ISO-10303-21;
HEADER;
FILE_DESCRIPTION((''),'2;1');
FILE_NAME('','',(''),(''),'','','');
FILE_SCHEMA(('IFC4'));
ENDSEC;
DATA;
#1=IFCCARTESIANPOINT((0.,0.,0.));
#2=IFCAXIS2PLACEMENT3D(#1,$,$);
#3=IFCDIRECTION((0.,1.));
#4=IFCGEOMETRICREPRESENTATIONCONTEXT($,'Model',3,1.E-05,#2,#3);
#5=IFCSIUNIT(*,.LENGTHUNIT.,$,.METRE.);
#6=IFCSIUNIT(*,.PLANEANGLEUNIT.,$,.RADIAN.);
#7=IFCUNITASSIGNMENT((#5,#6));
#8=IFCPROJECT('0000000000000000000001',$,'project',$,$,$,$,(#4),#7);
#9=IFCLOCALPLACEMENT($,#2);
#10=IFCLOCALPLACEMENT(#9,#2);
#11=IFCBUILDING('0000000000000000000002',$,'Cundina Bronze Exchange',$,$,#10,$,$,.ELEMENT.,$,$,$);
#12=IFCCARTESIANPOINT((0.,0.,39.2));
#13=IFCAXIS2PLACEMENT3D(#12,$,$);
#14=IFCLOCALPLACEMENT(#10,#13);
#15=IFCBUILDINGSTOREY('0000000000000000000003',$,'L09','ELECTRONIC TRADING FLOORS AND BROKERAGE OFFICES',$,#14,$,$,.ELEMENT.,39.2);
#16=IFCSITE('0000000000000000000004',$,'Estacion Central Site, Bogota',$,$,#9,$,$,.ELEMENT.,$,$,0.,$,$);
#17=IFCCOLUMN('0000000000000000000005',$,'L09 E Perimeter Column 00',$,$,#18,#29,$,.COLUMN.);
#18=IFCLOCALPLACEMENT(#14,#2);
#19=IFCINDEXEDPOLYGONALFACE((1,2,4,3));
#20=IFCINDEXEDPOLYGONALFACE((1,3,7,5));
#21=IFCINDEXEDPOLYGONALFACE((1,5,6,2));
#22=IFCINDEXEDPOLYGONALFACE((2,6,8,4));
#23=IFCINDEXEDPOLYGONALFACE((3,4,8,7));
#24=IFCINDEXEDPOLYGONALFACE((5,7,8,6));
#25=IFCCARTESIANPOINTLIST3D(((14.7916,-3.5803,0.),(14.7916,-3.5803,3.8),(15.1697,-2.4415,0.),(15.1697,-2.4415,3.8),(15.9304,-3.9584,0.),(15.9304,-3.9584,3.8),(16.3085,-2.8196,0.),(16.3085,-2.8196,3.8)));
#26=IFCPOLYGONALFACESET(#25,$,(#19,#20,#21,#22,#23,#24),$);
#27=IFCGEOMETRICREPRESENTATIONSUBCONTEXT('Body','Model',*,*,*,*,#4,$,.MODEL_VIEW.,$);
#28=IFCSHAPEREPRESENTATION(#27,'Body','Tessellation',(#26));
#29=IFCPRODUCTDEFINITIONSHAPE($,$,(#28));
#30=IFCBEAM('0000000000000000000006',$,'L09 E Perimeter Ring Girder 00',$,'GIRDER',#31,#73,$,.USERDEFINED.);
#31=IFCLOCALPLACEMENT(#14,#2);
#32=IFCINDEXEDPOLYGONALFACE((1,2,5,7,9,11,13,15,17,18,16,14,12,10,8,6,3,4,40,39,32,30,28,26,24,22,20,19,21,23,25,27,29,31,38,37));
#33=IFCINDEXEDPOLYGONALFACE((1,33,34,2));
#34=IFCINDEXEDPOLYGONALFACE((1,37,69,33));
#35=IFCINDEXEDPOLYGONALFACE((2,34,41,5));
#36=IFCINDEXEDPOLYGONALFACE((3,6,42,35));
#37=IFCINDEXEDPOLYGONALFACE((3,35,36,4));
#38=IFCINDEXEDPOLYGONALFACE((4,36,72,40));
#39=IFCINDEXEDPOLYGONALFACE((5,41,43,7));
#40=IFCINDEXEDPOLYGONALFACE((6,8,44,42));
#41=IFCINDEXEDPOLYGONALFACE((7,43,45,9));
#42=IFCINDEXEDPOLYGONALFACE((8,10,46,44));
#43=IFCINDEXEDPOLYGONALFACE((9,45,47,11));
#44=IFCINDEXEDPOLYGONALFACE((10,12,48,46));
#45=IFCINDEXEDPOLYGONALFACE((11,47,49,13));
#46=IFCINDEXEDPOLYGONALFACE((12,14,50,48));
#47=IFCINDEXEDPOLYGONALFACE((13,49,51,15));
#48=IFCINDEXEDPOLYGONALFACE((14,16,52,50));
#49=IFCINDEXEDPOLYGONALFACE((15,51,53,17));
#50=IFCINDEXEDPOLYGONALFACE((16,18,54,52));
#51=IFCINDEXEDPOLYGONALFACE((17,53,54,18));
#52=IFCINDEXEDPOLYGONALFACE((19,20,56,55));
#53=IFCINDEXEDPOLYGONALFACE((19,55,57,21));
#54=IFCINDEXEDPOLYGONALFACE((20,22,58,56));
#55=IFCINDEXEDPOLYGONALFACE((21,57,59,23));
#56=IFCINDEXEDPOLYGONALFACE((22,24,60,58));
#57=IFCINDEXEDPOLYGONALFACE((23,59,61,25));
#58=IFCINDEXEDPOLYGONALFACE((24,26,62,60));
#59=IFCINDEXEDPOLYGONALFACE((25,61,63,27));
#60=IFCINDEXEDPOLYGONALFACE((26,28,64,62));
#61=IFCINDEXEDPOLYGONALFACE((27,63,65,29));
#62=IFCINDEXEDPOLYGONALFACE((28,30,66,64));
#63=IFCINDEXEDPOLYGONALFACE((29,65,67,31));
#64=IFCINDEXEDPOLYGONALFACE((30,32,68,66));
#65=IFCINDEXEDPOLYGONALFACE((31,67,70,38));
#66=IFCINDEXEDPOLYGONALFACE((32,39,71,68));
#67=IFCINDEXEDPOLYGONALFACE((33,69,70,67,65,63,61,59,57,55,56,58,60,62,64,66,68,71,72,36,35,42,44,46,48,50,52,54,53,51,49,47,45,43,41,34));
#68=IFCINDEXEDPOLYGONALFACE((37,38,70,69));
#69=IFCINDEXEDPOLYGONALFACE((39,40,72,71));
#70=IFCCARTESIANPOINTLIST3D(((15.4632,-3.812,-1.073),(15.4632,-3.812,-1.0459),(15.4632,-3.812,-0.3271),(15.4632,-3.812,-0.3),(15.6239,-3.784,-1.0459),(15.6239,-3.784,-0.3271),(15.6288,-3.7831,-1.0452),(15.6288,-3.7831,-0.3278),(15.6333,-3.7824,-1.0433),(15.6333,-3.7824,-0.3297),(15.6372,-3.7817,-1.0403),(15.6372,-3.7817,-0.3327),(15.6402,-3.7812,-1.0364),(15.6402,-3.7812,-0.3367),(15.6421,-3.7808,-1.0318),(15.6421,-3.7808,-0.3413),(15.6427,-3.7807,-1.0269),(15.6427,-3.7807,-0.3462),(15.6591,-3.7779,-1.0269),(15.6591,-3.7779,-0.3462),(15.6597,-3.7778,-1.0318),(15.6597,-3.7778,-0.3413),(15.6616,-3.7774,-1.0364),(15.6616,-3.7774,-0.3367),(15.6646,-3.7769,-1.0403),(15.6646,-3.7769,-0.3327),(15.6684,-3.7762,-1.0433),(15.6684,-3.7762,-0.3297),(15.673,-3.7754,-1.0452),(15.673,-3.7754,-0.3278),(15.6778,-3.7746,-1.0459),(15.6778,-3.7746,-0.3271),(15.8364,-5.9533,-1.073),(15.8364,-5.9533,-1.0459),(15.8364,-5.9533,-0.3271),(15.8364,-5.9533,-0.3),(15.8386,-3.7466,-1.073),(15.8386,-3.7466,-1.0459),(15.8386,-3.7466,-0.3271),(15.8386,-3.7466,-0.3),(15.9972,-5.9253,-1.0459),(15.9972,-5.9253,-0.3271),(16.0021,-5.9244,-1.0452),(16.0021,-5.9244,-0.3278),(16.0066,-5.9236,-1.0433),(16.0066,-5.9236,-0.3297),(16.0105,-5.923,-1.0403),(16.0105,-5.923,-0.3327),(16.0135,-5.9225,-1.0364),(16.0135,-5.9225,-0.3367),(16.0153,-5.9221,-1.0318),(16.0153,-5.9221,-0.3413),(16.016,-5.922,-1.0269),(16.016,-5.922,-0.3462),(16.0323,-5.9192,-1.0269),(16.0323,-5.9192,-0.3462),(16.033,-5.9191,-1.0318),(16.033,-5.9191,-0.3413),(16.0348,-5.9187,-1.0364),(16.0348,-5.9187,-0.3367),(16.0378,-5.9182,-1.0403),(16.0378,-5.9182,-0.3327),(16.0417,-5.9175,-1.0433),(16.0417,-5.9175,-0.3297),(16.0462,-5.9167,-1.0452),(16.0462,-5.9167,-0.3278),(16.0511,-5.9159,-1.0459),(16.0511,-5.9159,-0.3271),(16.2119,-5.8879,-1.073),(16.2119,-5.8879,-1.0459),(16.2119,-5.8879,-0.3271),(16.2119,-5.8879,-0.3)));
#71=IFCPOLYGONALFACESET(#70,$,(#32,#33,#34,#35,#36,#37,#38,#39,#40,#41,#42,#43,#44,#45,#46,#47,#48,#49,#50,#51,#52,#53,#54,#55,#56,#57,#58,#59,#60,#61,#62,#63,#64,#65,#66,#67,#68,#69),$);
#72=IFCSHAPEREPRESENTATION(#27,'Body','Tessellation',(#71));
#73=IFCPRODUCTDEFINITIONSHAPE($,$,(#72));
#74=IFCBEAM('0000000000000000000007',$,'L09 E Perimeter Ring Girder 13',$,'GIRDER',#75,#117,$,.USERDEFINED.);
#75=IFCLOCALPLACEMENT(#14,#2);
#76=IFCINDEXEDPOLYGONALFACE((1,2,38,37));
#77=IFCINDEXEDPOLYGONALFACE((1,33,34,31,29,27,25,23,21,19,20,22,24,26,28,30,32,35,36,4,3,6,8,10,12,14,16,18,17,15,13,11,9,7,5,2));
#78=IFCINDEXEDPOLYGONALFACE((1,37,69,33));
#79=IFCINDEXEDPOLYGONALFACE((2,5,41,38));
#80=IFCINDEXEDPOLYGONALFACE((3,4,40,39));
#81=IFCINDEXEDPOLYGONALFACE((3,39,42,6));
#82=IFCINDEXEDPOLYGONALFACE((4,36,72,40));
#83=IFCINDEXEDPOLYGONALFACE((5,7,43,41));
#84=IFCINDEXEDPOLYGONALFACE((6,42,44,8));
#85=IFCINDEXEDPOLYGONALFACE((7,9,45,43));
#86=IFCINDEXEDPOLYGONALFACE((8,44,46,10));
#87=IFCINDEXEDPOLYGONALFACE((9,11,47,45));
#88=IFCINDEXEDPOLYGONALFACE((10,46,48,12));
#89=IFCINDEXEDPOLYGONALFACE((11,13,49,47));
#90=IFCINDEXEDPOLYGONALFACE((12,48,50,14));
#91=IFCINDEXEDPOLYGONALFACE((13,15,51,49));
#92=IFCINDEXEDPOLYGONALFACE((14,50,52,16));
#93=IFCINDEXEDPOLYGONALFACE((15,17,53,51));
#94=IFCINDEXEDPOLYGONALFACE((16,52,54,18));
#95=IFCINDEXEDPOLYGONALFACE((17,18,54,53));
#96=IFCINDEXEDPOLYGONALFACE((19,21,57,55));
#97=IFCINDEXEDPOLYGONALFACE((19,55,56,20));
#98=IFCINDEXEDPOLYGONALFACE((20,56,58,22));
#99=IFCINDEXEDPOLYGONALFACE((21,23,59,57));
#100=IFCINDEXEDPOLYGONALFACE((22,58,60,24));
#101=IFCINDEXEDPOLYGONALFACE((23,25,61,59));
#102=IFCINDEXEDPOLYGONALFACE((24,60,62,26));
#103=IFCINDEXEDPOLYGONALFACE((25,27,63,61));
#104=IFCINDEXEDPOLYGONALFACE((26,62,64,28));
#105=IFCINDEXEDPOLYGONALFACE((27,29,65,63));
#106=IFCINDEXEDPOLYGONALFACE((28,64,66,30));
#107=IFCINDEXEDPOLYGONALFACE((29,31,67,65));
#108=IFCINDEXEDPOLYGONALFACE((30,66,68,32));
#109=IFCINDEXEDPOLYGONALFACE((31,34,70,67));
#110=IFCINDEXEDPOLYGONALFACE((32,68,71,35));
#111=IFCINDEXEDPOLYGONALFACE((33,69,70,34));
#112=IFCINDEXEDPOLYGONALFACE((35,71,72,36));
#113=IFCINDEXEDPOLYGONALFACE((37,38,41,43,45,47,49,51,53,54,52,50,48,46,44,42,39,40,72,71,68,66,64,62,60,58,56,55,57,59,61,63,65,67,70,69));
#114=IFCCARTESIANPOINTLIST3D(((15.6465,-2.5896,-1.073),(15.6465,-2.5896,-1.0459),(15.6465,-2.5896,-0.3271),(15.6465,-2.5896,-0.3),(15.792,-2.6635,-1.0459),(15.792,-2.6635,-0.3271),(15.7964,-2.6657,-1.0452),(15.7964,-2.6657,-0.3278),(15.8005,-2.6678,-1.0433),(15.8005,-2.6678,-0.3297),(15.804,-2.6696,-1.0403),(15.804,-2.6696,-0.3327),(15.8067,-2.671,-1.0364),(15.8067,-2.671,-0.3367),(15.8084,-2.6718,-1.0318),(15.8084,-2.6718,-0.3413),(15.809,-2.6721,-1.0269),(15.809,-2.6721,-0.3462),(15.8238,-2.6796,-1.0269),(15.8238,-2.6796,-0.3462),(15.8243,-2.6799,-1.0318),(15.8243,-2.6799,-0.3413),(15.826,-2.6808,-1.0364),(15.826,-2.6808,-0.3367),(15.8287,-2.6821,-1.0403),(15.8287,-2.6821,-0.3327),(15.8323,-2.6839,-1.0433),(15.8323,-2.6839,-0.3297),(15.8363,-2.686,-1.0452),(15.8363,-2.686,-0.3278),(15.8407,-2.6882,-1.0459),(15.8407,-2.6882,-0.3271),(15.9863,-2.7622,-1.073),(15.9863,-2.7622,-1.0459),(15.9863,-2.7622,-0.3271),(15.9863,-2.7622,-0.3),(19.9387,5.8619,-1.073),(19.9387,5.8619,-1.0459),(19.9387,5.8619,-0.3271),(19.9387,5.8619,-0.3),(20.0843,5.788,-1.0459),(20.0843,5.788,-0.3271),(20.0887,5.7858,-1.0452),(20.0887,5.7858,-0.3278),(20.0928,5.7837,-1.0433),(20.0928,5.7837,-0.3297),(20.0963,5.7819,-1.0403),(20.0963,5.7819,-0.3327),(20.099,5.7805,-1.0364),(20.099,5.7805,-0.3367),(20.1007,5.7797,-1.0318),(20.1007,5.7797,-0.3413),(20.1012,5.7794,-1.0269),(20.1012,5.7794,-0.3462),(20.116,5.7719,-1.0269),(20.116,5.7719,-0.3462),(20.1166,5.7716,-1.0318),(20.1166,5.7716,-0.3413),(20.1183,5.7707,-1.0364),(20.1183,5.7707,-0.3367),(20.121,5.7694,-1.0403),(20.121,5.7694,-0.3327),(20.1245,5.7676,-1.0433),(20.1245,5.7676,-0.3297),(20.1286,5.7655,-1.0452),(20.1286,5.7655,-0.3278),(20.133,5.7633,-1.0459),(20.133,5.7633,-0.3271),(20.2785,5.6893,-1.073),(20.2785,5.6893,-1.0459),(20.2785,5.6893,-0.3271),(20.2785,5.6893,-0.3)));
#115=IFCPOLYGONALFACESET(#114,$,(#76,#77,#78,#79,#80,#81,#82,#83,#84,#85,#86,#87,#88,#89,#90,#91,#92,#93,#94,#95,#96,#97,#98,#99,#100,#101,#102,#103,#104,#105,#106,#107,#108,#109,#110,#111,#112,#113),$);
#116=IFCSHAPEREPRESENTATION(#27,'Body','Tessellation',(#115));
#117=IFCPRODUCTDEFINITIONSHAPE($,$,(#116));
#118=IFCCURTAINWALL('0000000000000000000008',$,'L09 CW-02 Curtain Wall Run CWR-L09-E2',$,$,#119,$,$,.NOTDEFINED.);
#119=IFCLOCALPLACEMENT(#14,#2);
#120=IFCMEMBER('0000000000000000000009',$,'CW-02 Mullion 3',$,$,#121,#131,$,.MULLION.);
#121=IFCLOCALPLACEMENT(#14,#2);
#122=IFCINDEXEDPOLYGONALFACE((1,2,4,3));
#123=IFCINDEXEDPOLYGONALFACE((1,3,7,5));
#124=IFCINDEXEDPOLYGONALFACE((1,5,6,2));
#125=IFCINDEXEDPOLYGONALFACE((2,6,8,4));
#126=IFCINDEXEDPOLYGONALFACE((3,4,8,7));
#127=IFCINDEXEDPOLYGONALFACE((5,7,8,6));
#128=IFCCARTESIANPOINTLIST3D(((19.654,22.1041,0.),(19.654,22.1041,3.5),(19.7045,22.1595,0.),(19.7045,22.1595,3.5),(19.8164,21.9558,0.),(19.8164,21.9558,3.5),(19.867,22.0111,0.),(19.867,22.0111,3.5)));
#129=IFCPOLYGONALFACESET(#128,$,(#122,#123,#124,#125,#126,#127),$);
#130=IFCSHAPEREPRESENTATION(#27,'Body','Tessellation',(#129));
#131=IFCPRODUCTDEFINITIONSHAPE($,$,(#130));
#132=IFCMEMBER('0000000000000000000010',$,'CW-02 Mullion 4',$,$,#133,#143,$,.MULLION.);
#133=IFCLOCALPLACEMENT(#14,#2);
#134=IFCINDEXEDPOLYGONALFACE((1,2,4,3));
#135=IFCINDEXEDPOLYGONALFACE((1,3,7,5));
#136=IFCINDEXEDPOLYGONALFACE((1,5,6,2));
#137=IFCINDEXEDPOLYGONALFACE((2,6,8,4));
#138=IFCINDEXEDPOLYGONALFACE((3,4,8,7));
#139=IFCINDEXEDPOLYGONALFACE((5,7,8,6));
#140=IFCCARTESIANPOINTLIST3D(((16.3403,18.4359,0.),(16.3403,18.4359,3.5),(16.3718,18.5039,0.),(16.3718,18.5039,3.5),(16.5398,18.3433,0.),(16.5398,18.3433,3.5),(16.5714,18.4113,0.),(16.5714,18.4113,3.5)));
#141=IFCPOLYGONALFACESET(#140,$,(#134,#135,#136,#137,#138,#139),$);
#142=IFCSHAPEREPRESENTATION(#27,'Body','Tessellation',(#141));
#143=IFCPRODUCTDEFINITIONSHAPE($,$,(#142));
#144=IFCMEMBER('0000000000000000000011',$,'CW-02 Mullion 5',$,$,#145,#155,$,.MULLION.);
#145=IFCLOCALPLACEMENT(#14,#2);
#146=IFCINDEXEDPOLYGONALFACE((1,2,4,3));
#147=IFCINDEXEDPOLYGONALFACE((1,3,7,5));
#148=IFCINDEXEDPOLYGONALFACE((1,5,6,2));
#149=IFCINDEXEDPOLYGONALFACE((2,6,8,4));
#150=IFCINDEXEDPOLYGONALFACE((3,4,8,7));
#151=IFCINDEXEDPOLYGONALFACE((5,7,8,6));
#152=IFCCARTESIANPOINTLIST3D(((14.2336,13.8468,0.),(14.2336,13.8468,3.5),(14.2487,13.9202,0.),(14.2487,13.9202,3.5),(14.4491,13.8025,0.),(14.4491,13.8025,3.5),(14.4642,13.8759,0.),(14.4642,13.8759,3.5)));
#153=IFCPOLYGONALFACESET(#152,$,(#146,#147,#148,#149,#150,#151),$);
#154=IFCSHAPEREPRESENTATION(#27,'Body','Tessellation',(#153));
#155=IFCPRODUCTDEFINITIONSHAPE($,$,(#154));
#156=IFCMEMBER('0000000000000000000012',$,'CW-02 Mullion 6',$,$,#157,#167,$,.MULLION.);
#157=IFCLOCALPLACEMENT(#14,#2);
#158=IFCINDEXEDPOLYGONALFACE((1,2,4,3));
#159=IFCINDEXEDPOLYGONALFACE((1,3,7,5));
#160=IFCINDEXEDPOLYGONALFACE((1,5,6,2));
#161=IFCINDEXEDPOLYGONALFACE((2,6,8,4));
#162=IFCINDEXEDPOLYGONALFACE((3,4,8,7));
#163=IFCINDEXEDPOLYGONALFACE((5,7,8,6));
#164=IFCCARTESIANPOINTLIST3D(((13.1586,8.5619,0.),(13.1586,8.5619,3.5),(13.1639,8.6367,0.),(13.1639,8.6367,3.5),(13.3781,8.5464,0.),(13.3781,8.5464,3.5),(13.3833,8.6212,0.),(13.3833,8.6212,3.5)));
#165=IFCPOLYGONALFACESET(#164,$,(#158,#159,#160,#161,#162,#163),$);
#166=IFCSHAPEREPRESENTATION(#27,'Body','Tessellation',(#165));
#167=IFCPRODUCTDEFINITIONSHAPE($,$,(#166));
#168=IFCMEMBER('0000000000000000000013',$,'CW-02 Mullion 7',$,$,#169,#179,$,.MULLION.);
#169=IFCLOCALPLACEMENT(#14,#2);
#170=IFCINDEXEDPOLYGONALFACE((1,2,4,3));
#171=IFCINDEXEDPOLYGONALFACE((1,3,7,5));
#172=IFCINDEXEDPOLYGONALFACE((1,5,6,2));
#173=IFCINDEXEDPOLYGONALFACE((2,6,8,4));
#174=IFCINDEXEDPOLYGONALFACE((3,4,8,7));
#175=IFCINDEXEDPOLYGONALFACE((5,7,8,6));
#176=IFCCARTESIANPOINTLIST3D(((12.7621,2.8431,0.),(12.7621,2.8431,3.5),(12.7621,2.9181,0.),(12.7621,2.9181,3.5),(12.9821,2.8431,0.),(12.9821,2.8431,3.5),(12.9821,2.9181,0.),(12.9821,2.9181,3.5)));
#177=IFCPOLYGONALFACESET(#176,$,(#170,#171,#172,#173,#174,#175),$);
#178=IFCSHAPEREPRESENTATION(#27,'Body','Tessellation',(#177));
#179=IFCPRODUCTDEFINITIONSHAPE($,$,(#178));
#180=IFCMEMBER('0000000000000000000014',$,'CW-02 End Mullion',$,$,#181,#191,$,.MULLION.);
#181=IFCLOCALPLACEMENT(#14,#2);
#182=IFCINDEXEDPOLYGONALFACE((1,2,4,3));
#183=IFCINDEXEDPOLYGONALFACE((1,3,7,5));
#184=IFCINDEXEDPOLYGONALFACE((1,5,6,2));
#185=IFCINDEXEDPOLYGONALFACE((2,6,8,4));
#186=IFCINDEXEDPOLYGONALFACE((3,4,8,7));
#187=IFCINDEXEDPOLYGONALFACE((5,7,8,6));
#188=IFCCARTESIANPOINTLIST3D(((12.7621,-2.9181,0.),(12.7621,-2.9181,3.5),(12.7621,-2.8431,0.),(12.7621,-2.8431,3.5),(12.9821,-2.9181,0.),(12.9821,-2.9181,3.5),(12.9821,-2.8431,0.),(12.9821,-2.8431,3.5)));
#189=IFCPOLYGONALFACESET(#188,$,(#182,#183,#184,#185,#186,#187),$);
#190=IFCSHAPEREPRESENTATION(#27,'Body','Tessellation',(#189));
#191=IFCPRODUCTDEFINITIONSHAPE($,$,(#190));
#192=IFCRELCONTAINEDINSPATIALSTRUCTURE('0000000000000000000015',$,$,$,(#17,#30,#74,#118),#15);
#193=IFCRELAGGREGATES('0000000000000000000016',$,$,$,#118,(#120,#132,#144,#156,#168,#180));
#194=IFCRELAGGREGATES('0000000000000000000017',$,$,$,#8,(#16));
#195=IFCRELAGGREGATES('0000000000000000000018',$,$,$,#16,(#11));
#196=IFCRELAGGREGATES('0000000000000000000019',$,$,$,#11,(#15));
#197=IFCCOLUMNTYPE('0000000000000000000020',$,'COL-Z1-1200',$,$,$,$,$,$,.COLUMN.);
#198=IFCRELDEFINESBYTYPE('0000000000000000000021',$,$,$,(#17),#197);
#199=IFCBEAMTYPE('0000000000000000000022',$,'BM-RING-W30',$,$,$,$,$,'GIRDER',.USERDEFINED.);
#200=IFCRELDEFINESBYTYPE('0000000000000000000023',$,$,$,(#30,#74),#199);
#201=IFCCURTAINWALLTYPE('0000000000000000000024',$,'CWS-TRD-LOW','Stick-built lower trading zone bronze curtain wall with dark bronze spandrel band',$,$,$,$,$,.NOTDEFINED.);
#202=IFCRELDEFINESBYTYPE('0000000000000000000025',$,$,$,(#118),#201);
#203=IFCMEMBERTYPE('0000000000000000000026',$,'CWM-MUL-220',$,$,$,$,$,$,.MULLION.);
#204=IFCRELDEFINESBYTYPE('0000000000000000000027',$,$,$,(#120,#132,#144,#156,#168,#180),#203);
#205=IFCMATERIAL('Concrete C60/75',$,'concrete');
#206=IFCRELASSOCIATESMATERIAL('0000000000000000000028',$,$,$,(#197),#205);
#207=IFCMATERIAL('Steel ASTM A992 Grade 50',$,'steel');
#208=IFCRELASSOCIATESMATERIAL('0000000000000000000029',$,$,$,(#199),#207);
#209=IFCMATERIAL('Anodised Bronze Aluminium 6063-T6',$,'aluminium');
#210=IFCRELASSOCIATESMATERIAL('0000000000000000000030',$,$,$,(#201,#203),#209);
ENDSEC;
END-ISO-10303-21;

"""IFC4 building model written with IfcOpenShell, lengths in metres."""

from ifc_helpers import new_model, si_unit, direction, frame, origin, origin_2d, place, context, subcontext, project, spatial, rectangle, i_section, extrude, material, material_profile, profile_set, type_object, element, aggregate, save


model = new_model("IFC4")

# Units and contexts
model_context = context("Model", 3, precision=1e-05, world=origin(), true_north=direction((0.0, 1.0)))
body_context = subcontext(model_context, "Body", "Model", "MODEL_VIEW")
ifc_project = project(units=[si_unit("LENGTHUNIT", "METRE"), si_unit("PLANEANGLEUNIT", "RADIAN")], contexts=[model_context])

# Site, building, storey
site_placement = place(None, origin())
site = spatial("IfcSite", under=ifc_project, at=site_placement, Name="Estacion Central Site, Bogota", CompositionType="ELEMENT", RefElevation=0.0)
building_placement = place(site_placement, origin())
building = spatial("IfcBuilding", under=site, at=building_placement, Name="Cundina Bronze Exchange", CompositionType="ELEMENT")
storey_placement = place(building_placement, frame((0.0, 0.0, 39.2)))
storey = spatial("IfcBuildingStorey", under=building, at=storey_placement, Name="L09", Description="ELECTRONIC TRADING FLOORS AND BROKERAGE OFFICES", CompositionType="ELEMENT", Elevation=39.2)

# Column
ifc_material_1 = material(Name="Concrete C60/75", Category="concrete")
ifc_material_profile_1 = material_profile(ifc_material_1, rectangle(XDim=1.2, YDim=1.2, at=origin_2d()), Name="RC1200X1200", Category="concrete")
ifc_profile_set_1 = profile_set([ifc_material_profile_1], Name="Concrete C60/75")
column_type = type_object("IfcColumnType", Name="COL-Z1-1200", PredefinedType="COLUMN", material=ifc_profile_set_1)
column_placement = place(storey_placement, frame((15.55, -3.2, 0.0), z_axis=(0.0, 0.0, 1.0), x_axis=(-0.315152, -0.949041, 0.0)))
element("IfcColumn", 1, at=column_placement, inside=storey, type_object=column_type, Name="L09 E Perimeter Column 00", PredefinedType="COLUMN", context=body_context, shape_type="SweptSolid", body=[
    extrude(rectangle(XDim=1.2, YDim=1.2, at=origin_2d()), origin(), (0.0, 0.0, 1.0), 3.8),
])

# Beams
ifc_material_2 = material(Name="Steel ASTM A992 Grade 50", Category="steel")
ifc_material_profile_2 = material_profile(ifc_material_2, i_section(OverallWidth=0.3811, OverallDepth=0.7729, WebThickness=0.0166, FlangeThickness=0.0271, FilletRadius=0.019, at=origin_2d()), Name="W30X173", Category="steel")
ifc_profile_set_2 = profile_set([ifc_material_profile_2], Name="Steel ASTM A992 Grade 50")
beam_type = type_object("IfcBeamType", Name="BM-RING-W30", ElementType="GIRDER", PredefinedType="USERDEFINED", material=ifc_profile_set_2)
beam_1_placement = place(storey_placement, frame((15.6509, -3.7793, -0.6865), z_axis=(0.171735, -0.985143, 0.0), x_axis=(0.985143, 0.171735, 0.0)))
element("IfcBeam", 2, at=beam_1_placement, inside=storey, type_object=beam_type, Name="L09 E Perimeter Ring Girder 00", ObjectType="GIRDER", PredefinedType="USERDEFINED", context=body_context, shape_type="SweptSolid", body=[
    extrude(i_section(OverallWidth=0.3811, OverallDepth=0.7729, WebThickness=0.0166, FlangeThickness=0.0271, FilletRadius=0.019, at=origin_2d()), origin(), (0.0, 0.0, 1.0), 2.1736),
])
beam_2_placement = place(storey_placement, frame((20.1086, 5.7756, -0.6865), z_axis=(-0.45282, -0.891602, 0.0), x_axis=(0.891602, -0.45282, 0.0)))
element("IfcBeam", 3, at=beam_2_placement, inside=storey, type_object=beam_type, Name="L09 E Perimeter Ring Girder 13", ObjectType="GIRDER", PredefinedType="USERDEFINED", context=body_context, shape_type="SweptSolid", body=[
    extrude(i_section(OverallWidth=0.3811, OverallDepth=0.7729, WebThickness=0.0166, FlangeThickness=0.0271, FilletRadius=0.019, at=origin_2d()), origin(), (0.0, 0.0, 1.0), 9.479),
])

# Curtain wall, members
ifc_material_3 = material(Name="Anodised Bronze Aluminium 6063-T6", Category="aluminium")
curtain_wall_type = type_object("IfcCurtainWallType", Name="CWS-TRD-LOW", Description="Stick-built lower trading zone bronze curtain wall with dark bronze spandrel band", PredefinedType="NOTDEFINED", material=ifc_material_3)
curtain_wall_1_placement = place(storey_placement, origin())
curtain_wall_1 = element("IfcCurtainWall", 4, at=curtain_wall_1_placement, inside=storey, type_object=curtain_wall_type, Name="L09 CW-02 Curtain Wall Run CWR-L09-E2", PredefinedType="NOTDEFINED")
ifc_material_profile_3 = material_profile(ifc_material_3, rectangle(XDim=0.075, YDim=0.22, at=origin_2d()), Name="AL75X220", Category="aluminium")
ifc_profile_set_3 = profile_set([ifc_material_profile_3], Name="Anodised Bronze Aluminium 6063-T6")
member_type_1 = type_object("IfcMemberType", Name="CWM-MUL-220", PredefinedType="MULLION", material=ifc_profile_set_3)
member_1_placement = place(storey_placement, frame((19.7605, 22.0576, 0.0), z_axis=(0.0, 0.0, 1.0), x_axis=(-0.674302, -0.738455, 0.0)))
member_1 = element("IfcMember", 5, at=member_1_placement, type_object=member_type_1, Name="CW-02 Mullion 3", PredefinedType="MULLION", context=body_context, shape_type="SweptSolid", body=[
    extrude(rectangle(XDim=0.075, YDim=0.22, at=origin_2d()), origin(), (0.0, 0.0, 1.0), 3.5),
])
member_2_placement = place(storey_placement, frame((16.4558, 18.4236, 0.0), z_axis=(0.0, 0.0, 1.0), x_axis=(-0.420877, -0.907117, 0.0)))
member_2 = element("IfcMember", 6, at=member_2_placement, type_object=member_type_1, Name="CW-02 Mullion 4", PredefinedType="MULLION", context=body_context, shape_type="SweptSolid", body=[
    extrude(rectangle(XDim=0.075, YDim=0.22, at=origin_2d()), origin(), (0.0, 0.0, 1.0), 3.5),
])
member_3_placement = place(storey_placement, frame((14.3489, 13.8613, 0.0), z_axis=(0.0, 0.0, 1.0), x_axis=(-0.20142, -0.979505, 0.0)))
member_3 = element("IfcMember", 7, at=member_3_placement, type_object=member_type_1, Name="CW-02 Mullion 5", PredefinedType="MULLION", context=body_context, shape_type="SweptSolid", body=[
    extrude(rectangle(XDim=0.075, YDim=0.22, at=origin_2d()), origin(), (0.0, 0.0, 1.0), 3.5),
])
member_4_placement = place(storey_placement, frame((13.271, 8.5916, 0.0), z_axis=(0.0, 0.0, 1.0), x_axis=(-0.070279, -0.997527, 0.0)))
member_4 = element("IfcMember", 8, at=member_4_placement, type_object=member_type_1, Name="CW-02 Mullion 6", PredefinedType="MULLION", context=body_context, shape_type="SweptSolid", body=[
    extrude(rectangle(XDim=0.075, YDim=0.22, at=origin_2d()), origin(), (0.0, 0.0, 1.0), 3.5),
])
member_5_placement = place(storey_placement, frame((12.8721, 2.8806, 0.0), z_axis=(0.0, 0.0, 1.0), x_axis=(0.0, -1.0, 0.0)))
member_5 = element("IfcMember", 9, at=member_5_placement, type_object=member_type_1, Name="CW-02 Mullion 7", PredefinedType="MULLION", context=body_context, shape_type="SweptSolid", body=[
    extrude(rectangle(XDim=0.075, YDim=0.22, at=origin_2d()), origin(), (0.0, 0.0, 1.0), 3.5),
])
member_6_placement = place(storey_placement, frame((12.8721, -2.8806, 0.0), z_axis=(0.0, 0.0, 1.0), x_axis=(0.0, -1.0, 0.0)))
member_6 = element("IfcMember", 10, at=member_6_placement, type_object=member_type_1, Name="CW-02 End Mullion", PredefinedType="MULLION", context=body_context, shape_type="SweptSolid", body=[
    extrude(rectangle(XDim=0.075, YDim=0.22, at=origin_2d()), origin(), (0.0, 0.0, 1.0), 3.5),
])

aggregate(curtain_wall_1, [member_1, member_2, member_3, member_4, member_5, member_6])

save(model, "model.ifc")
